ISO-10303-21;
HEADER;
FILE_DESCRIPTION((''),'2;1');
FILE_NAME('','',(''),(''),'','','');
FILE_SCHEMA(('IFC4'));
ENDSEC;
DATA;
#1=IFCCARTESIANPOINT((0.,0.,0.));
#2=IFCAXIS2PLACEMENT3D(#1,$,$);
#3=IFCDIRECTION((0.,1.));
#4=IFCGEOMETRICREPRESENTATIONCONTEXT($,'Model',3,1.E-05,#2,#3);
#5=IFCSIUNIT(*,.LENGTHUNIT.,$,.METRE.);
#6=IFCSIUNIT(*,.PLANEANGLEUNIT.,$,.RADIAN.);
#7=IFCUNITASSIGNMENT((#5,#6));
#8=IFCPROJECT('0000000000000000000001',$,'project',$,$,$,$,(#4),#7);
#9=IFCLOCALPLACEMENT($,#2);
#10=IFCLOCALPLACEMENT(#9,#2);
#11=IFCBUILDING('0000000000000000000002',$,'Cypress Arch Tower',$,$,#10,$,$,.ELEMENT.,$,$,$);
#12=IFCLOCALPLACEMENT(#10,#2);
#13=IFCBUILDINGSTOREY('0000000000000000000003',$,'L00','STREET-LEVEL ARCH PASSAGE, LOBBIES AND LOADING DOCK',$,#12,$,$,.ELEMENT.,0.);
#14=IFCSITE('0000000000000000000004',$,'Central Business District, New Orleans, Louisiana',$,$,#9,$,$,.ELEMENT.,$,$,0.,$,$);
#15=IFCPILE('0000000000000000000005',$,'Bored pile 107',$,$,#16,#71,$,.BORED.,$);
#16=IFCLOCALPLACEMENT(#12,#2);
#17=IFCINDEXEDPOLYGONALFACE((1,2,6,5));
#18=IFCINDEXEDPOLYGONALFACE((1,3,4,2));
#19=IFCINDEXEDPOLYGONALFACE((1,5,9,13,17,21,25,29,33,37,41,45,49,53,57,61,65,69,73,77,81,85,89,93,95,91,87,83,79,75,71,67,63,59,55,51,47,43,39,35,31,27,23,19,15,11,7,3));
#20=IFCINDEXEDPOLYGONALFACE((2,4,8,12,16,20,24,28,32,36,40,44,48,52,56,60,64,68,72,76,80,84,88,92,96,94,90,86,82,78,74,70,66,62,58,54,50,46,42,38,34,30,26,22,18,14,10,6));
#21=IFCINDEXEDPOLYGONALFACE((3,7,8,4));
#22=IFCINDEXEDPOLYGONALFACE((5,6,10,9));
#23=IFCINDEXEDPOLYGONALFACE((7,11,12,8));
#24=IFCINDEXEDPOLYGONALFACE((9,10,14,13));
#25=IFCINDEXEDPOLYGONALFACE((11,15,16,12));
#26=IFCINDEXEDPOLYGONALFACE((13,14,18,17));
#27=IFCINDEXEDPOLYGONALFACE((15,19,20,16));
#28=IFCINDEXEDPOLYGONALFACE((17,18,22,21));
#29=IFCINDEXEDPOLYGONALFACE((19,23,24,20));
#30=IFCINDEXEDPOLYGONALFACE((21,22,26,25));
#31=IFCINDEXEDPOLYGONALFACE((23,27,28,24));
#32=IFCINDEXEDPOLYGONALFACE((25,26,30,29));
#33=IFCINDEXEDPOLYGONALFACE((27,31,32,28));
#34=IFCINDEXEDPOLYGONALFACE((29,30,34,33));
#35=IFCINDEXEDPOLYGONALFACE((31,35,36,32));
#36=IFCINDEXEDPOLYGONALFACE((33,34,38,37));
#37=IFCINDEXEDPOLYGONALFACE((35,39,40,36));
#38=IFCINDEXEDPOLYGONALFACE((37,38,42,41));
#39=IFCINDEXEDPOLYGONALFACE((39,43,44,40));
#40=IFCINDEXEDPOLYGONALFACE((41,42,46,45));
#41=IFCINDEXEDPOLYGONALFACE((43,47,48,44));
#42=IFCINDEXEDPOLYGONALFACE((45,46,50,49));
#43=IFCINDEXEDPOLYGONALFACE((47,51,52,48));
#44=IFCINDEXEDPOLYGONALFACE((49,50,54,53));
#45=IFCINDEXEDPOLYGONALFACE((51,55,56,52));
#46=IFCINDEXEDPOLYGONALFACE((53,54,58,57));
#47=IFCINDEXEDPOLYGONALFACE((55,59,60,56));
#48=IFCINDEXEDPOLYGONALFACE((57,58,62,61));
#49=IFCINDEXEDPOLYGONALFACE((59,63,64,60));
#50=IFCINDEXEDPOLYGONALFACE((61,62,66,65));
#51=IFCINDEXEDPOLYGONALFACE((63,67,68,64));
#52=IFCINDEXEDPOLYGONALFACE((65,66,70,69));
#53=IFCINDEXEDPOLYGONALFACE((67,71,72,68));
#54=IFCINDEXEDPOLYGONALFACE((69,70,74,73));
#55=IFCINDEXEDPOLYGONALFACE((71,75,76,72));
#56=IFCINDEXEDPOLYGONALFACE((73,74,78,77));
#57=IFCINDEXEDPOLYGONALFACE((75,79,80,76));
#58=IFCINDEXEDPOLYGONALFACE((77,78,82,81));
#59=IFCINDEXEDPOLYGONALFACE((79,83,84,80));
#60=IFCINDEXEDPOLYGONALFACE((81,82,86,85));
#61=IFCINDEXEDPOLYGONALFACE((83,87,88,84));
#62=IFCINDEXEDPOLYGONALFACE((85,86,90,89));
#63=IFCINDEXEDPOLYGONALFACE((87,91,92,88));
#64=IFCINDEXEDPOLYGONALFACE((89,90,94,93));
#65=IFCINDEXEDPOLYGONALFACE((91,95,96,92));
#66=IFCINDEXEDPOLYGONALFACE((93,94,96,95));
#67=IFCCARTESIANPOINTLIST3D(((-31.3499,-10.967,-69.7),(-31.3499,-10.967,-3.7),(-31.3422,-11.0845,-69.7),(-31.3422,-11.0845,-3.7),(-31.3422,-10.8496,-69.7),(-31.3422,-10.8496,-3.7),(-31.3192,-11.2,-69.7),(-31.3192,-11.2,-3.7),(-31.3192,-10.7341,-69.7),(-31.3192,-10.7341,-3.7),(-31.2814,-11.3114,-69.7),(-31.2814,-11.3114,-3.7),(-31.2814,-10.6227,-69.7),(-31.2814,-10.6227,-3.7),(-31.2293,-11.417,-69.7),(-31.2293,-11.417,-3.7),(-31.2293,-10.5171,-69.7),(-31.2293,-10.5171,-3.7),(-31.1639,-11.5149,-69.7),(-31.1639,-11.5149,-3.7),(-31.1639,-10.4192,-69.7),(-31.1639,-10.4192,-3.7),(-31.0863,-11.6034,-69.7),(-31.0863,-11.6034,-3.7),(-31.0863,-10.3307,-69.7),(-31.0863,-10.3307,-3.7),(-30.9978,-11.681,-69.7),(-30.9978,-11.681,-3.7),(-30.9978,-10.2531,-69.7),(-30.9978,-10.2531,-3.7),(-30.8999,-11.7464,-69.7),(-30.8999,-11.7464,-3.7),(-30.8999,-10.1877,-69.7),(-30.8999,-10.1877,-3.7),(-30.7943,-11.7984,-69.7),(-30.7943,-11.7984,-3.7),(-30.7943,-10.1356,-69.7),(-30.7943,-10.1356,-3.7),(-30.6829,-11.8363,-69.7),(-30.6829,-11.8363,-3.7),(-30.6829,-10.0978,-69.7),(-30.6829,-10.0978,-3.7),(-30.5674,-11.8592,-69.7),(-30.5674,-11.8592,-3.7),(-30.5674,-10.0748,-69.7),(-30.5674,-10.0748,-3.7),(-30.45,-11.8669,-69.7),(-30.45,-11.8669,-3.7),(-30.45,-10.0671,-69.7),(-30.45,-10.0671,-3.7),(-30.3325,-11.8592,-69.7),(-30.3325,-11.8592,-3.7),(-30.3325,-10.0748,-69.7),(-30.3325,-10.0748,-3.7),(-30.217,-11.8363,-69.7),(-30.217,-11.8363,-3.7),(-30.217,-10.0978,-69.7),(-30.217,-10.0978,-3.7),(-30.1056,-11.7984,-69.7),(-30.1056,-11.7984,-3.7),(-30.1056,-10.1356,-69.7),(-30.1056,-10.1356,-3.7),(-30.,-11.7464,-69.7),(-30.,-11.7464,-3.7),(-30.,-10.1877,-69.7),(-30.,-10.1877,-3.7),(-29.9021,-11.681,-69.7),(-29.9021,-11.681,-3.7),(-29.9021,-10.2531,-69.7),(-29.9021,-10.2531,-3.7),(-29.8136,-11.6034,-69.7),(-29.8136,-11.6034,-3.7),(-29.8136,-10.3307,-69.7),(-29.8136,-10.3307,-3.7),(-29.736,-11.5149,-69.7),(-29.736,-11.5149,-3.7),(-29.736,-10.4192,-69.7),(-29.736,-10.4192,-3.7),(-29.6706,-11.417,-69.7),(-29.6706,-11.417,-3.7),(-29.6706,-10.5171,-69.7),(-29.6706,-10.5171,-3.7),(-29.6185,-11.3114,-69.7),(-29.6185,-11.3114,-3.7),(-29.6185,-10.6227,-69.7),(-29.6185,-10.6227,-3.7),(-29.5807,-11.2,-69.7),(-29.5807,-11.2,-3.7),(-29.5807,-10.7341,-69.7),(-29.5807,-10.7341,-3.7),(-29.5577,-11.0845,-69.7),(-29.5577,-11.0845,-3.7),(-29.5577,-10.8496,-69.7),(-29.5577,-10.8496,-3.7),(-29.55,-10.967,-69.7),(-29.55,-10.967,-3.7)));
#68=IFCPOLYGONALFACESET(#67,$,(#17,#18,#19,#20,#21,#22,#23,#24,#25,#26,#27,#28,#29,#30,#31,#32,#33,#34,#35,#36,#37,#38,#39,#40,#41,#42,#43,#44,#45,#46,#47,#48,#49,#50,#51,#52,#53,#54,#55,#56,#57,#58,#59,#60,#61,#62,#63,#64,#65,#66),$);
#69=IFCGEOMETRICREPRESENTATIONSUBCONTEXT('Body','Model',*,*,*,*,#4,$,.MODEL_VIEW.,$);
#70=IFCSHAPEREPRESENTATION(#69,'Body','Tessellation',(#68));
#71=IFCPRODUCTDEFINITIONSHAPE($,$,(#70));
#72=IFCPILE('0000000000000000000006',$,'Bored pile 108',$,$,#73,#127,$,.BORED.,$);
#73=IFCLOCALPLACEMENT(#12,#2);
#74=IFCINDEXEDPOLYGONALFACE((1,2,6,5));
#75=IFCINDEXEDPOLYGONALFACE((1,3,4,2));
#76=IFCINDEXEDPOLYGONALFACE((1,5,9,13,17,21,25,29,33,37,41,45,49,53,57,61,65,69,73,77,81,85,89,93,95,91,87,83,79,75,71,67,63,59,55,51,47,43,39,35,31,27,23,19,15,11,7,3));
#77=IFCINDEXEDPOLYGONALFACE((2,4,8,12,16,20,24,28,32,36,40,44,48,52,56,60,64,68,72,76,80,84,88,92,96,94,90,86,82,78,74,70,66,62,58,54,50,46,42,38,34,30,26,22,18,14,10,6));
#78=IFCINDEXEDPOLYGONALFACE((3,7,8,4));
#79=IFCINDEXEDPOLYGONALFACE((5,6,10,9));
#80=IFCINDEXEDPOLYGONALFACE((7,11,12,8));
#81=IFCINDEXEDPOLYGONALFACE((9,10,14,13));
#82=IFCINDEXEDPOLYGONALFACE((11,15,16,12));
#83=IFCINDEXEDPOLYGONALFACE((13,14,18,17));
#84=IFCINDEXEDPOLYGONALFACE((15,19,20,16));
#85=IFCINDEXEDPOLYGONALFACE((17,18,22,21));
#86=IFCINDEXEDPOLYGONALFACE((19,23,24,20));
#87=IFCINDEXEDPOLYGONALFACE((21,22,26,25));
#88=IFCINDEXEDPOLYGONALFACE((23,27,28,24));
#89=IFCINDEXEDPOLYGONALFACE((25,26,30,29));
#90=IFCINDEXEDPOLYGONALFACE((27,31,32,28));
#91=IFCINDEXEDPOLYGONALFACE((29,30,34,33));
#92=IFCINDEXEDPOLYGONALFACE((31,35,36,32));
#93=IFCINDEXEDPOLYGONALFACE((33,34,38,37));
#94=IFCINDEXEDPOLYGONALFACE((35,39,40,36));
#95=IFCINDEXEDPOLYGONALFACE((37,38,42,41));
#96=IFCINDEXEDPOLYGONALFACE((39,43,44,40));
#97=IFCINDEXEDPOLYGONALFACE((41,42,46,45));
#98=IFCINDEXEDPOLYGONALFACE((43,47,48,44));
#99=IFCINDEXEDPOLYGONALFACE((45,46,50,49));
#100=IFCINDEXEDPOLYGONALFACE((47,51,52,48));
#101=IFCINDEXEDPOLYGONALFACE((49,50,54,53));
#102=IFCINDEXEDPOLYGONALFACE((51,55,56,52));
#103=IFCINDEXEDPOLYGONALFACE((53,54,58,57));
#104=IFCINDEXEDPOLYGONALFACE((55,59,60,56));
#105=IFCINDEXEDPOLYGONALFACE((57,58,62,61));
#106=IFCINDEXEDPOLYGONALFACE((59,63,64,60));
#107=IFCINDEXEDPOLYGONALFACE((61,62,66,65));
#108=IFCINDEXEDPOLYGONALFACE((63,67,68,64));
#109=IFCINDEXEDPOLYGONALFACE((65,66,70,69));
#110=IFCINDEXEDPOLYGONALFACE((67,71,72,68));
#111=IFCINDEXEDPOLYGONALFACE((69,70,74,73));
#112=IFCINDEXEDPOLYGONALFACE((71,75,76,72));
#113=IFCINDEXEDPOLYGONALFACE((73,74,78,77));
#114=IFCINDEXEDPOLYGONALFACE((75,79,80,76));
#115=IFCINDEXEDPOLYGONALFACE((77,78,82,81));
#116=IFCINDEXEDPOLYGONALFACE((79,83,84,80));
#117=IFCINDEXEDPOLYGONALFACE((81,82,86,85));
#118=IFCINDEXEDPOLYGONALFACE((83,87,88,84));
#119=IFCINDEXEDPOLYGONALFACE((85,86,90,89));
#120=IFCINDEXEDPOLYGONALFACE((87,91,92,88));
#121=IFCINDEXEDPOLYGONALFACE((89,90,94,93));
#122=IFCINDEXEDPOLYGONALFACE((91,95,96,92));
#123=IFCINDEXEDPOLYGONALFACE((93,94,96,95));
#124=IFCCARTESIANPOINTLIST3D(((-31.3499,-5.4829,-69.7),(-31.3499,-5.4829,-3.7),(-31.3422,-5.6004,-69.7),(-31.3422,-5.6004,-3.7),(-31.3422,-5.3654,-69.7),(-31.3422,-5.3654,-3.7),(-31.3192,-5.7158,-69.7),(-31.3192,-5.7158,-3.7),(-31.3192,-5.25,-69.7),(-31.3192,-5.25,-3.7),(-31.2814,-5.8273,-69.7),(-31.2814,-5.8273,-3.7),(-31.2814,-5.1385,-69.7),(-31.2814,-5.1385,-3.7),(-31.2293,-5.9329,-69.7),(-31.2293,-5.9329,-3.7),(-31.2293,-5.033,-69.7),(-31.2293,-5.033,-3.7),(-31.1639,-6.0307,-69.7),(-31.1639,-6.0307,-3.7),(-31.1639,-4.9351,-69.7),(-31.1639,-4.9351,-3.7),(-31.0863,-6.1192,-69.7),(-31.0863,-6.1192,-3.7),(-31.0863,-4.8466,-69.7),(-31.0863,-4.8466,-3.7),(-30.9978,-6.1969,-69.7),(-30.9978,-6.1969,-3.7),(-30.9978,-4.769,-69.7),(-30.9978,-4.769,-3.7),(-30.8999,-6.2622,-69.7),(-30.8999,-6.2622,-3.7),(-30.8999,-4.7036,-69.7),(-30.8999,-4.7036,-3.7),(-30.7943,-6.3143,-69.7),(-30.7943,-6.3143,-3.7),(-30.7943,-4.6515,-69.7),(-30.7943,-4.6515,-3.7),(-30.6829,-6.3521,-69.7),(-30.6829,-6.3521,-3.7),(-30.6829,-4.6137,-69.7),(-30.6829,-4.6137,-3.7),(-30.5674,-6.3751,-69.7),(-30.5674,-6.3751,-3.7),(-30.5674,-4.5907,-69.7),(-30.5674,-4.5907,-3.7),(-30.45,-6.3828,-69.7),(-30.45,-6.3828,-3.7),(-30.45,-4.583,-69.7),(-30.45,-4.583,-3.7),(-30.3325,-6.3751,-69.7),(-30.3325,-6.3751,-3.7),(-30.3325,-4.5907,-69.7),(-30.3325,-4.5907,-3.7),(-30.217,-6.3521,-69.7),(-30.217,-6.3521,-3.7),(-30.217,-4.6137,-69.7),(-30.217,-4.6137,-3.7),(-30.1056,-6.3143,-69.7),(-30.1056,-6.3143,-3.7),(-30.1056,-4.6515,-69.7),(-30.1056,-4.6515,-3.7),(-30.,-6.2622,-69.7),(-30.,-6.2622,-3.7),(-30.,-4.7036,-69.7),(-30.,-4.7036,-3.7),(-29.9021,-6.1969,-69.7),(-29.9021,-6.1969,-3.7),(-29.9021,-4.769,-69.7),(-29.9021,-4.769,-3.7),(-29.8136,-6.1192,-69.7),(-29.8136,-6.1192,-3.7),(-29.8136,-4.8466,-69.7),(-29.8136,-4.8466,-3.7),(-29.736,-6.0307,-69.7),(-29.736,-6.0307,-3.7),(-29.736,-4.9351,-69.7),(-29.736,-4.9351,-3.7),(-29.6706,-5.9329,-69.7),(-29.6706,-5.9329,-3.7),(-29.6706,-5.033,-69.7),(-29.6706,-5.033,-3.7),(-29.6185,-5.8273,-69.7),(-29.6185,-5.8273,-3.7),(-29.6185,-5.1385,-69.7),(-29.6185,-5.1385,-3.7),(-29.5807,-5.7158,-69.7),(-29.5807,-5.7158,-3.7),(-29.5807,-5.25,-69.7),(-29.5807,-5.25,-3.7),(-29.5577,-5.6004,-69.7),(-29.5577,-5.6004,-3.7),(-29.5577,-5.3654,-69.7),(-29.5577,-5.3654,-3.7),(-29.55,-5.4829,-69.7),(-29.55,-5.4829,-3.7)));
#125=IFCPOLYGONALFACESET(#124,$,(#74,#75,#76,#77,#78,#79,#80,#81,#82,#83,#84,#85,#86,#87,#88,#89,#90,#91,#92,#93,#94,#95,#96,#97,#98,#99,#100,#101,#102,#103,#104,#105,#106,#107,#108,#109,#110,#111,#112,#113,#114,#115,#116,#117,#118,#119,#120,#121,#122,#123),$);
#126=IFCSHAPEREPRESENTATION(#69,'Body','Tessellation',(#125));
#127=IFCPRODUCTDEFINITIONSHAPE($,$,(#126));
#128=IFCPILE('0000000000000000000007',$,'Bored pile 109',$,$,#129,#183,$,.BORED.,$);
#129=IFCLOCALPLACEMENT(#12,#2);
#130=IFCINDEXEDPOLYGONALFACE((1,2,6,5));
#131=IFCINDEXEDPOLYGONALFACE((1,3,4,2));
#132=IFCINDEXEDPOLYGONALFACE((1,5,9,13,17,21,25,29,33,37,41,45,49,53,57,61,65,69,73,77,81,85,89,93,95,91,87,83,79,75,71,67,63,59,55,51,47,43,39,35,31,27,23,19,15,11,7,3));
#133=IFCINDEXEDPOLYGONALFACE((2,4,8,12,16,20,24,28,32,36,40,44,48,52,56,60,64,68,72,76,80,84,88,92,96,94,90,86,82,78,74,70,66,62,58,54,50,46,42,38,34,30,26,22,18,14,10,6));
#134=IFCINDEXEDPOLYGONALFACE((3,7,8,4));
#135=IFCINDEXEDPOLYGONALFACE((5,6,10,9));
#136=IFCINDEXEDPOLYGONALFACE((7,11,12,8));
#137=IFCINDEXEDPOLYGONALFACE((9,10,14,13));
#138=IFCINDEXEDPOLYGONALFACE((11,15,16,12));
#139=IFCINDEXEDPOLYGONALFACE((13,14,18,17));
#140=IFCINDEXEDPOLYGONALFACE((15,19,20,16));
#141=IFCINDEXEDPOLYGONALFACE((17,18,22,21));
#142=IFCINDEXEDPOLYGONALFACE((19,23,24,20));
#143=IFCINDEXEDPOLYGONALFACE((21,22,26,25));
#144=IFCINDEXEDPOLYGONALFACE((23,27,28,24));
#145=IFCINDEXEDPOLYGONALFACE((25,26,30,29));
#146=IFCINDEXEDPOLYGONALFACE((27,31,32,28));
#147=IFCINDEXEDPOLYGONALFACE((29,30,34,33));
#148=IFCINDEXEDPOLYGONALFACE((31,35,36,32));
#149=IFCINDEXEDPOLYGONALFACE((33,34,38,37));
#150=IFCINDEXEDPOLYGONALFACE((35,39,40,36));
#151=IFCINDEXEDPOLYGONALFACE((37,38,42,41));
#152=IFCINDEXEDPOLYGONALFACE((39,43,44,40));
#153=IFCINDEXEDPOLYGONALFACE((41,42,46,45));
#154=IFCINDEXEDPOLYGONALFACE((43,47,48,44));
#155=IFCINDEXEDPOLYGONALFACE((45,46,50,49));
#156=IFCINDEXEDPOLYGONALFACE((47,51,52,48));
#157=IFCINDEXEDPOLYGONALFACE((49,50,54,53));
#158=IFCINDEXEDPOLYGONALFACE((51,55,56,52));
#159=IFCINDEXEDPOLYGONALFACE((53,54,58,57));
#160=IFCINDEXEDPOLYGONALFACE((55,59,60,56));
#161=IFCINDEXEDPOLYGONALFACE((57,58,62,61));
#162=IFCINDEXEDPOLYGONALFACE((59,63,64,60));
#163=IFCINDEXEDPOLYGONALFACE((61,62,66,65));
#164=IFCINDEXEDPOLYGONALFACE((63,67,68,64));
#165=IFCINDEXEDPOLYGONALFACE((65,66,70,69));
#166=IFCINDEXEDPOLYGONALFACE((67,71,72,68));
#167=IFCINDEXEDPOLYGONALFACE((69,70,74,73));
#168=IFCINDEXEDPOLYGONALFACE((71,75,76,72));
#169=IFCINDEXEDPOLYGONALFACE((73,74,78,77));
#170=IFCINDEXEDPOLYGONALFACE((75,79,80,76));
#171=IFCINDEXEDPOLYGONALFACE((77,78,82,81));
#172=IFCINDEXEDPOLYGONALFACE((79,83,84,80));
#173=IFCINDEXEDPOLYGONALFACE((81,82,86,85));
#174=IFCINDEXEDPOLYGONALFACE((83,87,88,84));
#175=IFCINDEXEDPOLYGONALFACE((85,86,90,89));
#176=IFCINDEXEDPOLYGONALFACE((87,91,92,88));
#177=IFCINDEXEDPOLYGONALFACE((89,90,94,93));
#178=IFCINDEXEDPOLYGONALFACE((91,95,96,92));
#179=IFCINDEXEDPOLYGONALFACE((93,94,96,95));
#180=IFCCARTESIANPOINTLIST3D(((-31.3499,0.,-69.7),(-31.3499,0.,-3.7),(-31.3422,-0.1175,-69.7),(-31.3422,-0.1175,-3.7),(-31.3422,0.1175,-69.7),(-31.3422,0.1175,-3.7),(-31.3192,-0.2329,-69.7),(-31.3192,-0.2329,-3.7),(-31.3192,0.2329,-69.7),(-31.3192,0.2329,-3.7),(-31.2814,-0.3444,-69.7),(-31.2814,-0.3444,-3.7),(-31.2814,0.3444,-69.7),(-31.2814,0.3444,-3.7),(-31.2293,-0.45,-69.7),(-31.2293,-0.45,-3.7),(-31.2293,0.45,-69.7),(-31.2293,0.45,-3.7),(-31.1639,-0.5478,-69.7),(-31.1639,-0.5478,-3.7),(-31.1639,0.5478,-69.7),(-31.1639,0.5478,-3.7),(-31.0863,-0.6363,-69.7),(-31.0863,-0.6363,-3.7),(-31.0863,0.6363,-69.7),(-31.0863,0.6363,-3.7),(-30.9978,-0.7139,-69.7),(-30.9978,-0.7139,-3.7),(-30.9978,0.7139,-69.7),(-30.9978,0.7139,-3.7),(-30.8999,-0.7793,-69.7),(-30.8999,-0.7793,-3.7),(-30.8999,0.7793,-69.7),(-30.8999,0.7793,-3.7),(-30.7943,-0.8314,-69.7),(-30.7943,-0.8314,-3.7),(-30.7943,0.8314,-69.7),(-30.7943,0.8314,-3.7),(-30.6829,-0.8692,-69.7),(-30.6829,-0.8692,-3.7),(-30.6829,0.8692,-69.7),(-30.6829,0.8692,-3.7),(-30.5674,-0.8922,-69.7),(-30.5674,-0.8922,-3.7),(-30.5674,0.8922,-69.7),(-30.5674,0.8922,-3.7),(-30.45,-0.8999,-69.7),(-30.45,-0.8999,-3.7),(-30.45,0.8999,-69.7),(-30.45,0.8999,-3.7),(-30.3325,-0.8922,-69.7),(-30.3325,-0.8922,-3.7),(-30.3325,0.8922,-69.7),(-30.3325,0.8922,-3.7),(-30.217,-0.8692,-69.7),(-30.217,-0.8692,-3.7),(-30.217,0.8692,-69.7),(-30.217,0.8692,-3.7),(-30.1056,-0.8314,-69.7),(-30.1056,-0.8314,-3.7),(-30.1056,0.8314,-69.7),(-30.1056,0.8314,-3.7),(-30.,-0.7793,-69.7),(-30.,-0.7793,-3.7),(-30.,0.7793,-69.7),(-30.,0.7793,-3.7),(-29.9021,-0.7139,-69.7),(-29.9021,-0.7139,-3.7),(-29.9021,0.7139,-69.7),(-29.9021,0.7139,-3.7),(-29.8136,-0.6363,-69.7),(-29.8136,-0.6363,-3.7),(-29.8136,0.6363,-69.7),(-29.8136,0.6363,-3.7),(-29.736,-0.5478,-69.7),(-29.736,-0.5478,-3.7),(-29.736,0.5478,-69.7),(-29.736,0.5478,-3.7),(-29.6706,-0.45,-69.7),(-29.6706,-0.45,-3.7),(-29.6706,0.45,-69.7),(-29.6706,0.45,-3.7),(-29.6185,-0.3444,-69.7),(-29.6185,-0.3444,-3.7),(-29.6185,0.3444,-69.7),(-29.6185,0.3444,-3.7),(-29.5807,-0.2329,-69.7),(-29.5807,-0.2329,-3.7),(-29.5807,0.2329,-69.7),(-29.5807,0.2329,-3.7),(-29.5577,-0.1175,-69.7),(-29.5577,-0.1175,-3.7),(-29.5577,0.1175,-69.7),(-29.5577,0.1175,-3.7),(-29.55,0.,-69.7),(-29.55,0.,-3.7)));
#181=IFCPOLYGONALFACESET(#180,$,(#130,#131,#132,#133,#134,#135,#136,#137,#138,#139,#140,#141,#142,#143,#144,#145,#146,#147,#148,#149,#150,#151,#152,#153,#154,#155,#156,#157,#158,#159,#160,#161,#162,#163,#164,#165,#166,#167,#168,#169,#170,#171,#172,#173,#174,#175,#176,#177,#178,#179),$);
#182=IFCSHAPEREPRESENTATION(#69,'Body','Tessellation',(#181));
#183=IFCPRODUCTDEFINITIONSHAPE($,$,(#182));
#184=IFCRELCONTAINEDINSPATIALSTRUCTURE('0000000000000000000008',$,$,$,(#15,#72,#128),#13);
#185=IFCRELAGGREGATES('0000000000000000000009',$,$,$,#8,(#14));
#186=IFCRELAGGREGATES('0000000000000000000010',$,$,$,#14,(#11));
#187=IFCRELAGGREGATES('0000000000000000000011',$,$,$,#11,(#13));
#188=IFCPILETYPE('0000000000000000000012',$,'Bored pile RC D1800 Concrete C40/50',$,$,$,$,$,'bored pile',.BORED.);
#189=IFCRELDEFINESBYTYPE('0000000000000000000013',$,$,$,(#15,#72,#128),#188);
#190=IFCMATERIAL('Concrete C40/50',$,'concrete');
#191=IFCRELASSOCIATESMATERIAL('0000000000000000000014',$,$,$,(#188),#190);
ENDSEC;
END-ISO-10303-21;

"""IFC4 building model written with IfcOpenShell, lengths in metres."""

from ifc_helpers import new_model, si_unit, direction, frame, origin, origin_2d, place, context, subcontext, project, spatial, circle, extrude, material, material_profile, profile_set, type_object, element, save


model = new_model("IFC4")

# Units and contexts
model_context = context("Model", 3, precision=1e-05, world=origin(), true_north=direction((0.0, 1.0)))
body_context = subcontext(model_context, "Body", "Model", "MODEL_VIEW")
ifc_project = project(units=[si_unit("LENGTHUNIT", "METRE"), si_unit("PLANEANGLEUNIT", "RADIAN")], contexts=[model_context])

# Site, building, storey
site_placement = place(None, origin())
site = spatial("IfcSite", under=ifc_project, at=site_placement, Name="Central Business District, New Orleans, Louisiana", CompositionType="ELEMENT", RefElevation=0.0)
building_placement = place(site_placement, origin())
building = spatial("IfcBuilding", under=site, at=building_placement, Name="Cypress Arch Tower", CompositionType="ELEMENT")
storey_placement = place(building_placement, origin())
storey = spatial("IfcBuildingStorey", under=building, at=storey_placement, Name="L00", Description="STREET-LEVEL ARCH PASSAGE, LOBBIES AND LOADING DOCK", CompositionType="ELEMENT", Elevation=0.0)

# Piles
ifc_material_1 = material(Name="Concrete C40/50", Category="concrete")
ifc_material_profile = material_profile(ifc_material_1, circle(Radius=0.8999, at=origin_2d()), Name="RC D1800")
ifc_profile_set = profile_set([ifc_material_profile], Name="Concrete C40/50")
pile_type = type_object("IfcPileType", Name="Bored pile RC D1800 Concrete C40/50", ElementType="bored pile", PredefinedType="BORED", material=ifc_profile_set)
for number, where, z_axis, x_axis, name in (
    (1, (-30.45, -10.967, -3.7), (0.0, 0.0, -1.0), (1.0, 0.0, 0.0), "Bored pile 107"),
    (2, (-30.45, -5.4829, -3.7), (0.0, 0.0, -1.0), (1.0, 0.0, 0.0), "Bored pile 108"),
    (3, (-30.45, 0.0, -3.7), (0.0, 0.0, -1.0), (1.0, 0.0, 0.0), "Bored pile 109"),
):
    element("IfcPile", number, at=place(storey_placement, frame(where, z_axis=z_axis, x_axis=x_axis)), inside=storey, type_object=pile_type, Name=name, PredefinedType="BORED", context=body_context, shape_type="SweptSolid", body=[
        extrude(circle(Radius=0.8999, at=origin_2d()), origin(), (0.0, 0.0, 1.0), 66.0),
    ])

save(model, "model.ifc")
